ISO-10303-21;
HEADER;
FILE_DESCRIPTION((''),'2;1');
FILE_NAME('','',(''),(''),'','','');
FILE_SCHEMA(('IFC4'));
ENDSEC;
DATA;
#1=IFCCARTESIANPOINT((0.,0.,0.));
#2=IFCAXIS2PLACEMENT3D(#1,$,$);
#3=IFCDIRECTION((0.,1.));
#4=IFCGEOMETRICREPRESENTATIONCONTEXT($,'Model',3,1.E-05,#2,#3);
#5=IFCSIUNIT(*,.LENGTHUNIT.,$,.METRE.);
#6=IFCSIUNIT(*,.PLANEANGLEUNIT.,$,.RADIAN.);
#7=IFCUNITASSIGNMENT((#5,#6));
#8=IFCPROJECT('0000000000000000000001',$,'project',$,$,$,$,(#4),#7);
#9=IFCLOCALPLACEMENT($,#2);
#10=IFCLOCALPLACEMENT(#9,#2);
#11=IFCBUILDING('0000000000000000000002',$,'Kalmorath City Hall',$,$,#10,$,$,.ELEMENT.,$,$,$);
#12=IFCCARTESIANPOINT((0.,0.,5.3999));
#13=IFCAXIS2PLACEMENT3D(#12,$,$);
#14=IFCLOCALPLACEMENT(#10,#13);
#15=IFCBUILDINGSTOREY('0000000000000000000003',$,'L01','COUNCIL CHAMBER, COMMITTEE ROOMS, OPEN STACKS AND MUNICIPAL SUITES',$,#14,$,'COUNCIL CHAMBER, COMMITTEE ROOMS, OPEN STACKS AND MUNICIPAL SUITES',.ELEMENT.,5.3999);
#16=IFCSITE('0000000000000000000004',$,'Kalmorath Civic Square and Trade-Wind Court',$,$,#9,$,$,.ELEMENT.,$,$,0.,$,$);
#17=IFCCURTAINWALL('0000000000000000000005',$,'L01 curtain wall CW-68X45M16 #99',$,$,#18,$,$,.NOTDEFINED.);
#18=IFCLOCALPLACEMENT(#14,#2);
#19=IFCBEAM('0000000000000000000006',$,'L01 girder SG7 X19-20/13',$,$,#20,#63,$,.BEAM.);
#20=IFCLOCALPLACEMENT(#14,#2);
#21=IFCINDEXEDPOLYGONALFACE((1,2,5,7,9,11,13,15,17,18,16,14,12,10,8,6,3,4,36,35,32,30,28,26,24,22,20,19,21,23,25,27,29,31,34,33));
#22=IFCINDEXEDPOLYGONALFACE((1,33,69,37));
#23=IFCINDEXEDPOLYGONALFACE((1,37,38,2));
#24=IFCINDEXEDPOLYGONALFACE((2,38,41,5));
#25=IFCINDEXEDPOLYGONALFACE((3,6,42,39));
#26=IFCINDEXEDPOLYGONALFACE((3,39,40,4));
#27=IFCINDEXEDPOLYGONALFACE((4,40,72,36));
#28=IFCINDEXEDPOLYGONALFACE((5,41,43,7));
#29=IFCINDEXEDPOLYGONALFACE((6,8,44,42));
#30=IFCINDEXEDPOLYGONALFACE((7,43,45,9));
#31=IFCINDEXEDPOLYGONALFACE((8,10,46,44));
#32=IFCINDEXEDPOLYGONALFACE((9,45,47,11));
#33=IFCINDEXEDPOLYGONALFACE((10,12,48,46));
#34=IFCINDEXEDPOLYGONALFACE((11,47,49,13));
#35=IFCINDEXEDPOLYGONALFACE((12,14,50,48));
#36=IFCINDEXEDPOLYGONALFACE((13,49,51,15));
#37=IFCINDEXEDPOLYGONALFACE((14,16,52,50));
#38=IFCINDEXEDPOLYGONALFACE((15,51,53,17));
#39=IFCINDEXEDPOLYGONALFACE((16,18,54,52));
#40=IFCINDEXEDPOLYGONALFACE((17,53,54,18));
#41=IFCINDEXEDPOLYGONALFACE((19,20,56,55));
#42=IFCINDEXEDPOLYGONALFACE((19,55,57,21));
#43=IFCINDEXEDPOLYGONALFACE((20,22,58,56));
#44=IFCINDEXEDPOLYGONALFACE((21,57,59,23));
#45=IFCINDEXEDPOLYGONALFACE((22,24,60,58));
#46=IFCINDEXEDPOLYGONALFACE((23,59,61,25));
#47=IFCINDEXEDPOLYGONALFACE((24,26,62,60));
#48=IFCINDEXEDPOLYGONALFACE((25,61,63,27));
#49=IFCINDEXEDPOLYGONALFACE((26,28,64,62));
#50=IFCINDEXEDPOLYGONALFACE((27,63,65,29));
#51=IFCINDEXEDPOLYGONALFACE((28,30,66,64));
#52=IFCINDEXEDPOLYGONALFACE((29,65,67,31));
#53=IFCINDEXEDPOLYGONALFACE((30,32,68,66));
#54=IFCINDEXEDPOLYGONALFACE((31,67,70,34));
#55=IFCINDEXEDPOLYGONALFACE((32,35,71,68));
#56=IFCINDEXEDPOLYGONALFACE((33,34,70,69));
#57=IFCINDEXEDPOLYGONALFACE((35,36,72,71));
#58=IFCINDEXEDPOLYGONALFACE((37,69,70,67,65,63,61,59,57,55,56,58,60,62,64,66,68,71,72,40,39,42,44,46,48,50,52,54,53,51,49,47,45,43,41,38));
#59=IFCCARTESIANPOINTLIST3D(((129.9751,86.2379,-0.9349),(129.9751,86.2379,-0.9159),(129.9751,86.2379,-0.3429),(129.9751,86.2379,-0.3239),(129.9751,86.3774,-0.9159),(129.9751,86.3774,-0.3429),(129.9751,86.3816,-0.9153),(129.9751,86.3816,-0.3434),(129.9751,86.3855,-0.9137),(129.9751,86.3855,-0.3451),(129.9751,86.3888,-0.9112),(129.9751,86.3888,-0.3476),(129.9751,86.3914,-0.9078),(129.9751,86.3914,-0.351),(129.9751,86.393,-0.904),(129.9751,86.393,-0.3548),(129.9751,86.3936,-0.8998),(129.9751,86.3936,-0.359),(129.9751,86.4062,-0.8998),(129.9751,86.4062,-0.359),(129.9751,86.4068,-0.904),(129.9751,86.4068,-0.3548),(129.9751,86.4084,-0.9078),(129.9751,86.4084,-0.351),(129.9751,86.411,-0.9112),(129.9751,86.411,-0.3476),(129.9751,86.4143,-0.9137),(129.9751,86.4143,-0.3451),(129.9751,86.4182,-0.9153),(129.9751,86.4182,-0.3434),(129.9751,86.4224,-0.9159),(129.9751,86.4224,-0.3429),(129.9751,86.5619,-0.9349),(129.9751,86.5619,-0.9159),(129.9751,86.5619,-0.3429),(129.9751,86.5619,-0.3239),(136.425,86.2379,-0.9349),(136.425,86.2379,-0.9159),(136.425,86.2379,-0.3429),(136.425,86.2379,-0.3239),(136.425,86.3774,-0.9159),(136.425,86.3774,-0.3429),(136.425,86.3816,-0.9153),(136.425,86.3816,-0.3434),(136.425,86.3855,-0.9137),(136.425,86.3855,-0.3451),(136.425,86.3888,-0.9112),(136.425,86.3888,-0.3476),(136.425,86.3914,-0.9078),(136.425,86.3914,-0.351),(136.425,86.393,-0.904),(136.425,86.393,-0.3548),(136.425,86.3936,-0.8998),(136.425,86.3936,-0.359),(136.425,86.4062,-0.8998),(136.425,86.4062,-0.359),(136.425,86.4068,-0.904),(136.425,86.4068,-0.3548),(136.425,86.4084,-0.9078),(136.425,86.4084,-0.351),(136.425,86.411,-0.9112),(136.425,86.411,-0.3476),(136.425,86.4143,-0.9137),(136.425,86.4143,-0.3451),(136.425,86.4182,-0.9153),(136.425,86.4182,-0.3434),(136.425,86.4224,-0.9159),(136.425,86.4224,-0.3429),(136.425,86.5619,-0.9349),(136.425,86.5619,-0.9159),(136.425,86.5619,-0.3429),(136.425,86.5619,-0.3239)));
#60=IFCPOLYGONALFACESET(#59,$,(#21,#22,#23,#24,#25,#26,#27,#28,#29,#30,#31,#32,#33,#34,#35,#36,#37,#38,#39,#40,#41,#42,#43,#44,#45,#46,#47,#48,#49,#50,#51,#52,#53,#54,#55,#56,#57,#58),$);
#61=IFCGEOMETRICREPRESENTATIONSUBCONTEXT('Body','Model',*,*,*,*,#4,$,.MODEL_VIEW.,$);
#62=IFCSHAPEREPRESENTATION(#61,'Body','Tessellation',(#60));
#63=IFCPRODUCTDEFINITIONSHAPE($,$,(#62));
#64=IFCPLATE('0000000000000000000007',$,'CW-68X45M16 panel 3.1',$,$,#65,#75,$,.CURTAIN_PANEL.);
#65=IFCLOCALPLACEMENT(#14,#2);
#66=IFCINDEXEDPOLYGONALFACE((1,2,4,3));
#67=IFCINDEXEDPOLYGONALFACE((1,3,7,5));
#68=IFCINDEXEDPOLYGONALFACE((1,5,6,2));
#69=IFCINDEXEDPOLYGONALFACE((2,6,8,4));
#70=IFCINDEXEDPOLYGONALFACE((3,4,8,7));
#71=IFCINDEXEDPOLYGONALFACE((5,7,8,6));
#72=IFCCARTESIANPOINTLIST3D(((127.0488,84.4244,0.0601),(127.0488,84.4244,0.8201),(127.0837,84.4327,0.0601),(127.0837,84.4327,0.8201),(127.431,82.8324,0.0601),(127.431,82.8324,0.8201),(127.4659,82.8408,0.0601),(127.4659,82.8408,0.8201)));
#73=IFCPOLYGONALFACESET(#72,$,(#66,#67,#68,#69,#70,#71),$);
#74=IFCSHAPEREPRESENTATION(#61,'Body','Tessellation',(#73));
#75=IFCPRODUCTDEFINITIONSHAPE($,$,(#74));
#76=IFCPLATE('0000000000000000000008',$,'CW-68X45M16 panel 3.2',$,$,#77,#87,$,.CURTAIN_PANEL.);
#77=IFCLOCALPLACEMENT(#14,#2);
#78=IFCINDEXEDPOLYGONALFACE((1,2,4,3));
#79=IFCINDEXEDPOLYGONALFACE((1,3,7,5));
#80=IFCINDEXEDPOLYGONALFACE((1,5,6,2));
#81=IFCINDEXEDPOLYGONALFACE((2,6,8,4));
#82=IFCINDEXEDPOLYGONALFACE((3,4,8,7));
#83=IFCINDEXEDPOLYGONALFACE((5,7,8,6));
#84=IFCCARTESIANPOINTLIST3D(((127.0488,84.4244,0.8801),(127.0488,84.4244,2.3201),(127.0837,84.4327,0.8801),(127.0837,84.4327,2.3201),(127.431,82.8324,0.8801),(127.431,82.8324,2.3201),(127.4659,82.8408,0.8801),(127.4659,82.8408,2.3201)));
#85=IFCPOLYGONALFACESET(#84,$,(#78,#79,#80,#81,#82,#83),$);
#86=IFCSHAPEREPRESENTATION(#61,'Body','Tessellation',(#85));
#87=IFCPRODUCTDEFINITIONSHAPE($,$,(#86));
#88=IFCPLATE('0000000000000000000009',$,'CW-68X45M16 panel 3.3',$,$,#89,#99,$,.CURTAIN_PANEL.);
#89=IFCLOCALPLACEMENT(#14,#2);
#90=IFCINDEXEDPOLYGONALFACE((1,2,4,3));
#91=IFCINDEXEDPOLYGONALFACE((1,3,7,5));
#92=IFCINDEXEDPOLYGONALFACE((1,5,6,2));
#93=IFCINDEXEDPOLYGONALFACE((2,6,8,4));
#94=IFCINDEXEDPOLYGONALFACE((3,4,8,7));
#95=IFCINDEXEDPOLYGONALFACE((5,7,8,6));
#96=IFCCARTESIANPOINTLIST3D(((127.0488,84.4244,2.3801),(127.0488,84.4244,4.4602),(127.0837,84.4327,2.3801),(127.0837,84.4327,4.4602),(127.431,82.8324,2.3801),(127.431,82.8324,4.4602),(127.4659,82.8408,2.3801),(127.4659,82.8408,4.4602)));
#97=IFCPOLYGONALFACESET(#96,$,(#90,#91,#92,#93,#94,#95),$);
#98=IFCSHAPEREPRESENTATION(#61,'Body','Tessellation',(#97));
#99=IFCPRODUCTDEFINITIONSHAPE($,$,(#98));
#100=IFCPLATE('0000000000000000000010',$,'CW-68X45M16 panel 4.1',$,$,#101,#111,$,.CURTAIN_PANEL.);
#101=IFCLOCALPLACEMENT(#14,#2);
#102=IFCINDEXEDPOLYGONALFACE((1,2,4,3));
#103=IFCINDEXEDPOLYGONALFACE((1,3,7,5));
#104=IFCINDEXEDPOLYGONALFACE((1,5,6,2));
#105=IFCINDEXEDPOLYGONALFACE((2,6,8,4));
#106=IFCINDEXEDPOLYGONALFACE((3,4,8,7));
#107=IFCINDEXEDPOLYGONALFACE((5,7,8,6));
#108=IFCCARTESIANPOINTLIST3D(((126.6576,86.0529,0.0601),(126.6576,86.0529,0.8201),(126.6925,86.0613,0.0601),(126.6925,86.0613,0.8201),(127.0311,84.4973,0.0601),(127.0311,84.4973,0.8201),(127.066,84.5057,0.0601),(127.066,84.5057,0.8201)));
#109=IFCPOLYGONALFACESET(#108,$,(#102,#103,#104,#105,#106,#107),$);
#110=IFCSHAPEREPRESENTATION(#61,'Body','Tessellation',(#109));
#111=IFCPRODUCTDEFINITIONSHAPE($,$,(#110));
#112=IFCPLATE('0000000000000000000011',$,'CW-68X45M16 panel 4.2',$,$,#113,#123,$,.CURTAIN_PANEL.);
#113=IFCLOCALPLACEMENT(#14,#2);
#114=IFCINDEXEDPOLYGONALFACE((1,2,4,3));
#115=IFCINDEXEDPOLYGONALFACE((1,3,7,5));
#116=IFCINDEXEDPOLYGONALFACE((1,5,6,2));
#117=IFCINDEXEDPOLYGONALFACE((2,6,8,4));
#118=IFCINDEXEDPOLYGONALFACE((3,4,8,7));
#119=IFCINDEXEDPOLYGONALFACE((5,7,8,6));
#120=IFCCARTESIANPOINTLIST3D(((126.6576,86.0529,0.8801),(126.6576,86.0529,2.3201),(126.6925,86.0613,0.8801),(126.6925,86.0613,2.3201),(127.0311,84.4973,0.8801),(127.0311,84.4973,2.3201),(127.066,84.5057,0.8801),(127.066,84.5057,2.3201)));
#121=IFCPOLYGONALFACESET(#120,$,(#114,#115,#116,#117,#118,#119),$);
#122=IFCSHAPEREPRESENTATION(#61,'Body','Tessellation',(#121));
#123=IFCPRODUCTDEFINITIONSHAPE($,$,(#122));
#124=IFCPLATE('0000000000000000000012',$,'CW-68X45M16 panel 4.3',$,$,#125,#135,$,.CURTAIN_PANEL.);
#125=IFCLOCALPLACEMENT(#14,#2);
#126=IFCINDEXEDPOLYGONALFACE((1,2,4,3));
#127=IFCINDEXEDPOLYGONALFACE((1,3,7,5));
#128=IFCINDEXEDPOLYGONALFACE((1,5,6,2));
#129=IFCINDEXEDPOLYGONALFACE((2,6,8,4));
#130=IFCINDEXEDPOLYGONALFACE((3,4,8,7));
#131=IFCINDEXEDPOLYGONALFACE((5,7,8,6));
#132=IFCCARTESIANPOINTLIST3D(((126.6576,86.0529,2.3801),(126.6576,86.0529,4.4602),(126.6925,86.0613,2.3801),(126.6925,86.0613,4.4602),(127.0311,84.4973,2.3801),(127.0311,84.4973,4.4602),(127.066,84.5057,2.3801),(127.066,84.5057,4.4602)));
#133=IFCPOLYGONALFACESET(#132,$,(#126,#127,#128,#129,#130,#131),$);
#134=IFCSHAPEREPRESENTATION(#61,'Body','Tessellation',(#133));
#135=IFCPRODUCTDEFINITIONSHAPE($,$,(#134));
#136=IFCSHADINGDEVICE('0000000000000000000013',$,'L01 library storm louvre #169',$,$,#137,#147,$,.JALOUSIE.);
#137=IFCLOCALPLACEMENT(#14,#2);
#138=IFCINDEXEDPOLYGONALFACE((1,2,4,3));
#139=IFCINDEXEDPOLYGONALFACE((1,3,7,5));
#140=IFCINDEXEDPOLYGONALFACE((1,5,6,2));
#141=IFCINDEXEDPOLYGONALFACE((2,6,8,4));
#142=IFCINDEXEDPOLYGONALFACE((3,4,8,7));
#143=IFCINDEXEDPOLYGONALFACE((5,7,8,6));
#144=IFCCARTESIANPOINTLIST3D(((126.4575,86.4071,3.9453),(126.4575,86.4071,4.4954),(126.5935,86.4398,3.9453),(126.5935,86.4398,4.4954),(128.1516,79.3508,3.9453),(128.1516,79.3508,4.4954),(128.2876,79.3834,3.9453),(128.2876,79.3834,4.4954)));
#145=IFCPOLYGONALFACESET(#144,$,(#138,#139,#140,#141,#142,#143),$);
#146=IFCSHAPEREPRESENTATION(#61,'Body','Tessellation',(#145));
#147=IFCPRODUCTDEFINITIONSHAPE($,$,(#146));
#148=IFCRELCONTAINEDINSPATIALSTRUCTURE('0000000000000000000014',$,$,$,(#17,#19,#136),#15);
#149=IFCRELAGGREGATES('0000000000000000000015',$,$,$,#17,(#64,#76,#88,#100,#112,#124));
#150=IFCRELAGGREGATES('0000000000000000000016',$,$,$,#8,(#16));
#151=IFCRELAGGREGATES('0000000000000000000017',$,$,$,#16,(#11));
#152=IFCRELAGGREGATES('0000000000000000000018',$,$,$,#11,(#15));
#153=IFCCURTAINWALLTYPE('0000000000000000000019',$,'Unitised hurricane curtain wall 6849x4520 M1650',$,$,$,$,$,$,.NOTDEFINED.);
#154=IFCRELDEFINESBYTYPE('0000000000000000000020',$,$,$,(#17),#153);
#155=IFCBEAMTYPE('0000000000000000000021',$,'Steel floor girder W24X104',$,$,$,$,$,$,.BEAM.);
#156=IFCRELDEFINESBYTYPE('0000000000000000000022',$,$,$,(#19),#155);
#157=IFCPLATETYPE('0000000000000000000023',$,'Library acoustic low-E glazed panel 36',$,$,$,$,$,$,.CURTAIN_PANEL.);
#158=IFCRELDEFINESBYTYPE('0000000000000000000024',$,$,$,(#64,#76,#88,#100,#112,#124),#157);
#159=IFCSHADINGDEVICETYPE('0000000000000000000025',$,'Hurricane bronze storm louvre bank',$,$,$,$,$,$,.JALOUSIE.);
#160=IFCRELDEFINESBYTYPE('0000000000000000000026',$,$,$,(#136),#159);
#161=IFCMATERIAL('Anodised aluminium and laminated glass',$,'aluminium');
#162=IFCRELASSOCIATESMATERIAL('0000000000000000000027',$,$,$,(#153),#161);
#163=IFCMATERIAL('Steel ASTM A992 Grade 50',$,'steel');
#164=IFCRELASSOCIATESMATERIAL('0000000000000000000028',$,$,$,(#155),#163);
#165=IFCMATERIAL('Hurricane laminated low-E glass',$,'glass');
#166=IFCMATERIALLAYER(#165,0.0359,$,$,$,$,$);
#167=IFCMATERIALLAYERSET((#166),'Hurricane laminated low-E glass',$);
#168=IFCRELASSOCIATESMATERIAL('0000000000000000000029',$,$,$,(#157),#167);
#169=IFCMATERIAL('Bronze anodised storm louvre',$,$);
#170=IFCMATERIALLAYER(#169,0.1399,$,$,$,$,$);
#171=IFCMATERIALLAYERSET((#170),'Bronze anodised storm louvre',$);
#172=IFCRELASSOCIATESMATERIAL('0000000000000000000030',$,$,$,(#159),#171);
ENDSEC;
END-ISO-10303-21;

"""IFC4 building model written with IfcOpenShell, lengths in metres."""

from ifc_helpers import new_model, si_unit, direction, frame, origin, origin_2d, place, context, subcontext, project, spatial, rectangle, i_section, extrude, material, layer, layer_set, material_profile, profile_set, type_object, element, aggregate, save


model = new_model("IFC4")

# Units and contexts
model_context = context("Model", 3, precision=1e-05, world=origin(), true_north=direction((0.0, 1.0)))
body_context = subcontext(model_context, "Body", "Model", "MODEL_VIEW")
ifc_project = project(units=[si_unit("LENGTHUNIT", "METRE"), si_unit("PLANEANGLEUNIT", "RADIAN")], contexts=[model_context])

# Site, building, storey
site_placement = place(None, origin())
site = spatial("IfcSite", under=ifc_project, at=site_placement, Name="Kalmorath Civic Square and Trade-Wind Court", CompositionType="ELEMENT", RefElevation=0.0)
building_placement = place(site_placement, origin())
building = spatial("IfcBuilding", under=site, at=building_placement, Name="Kalmorath City Hall", CompositionType="ELEMENT")
storey_placement = place(building_placement, frame((0.0, 0.0, 5.3999)))
storey = spatial("IfcBuildingStorey", under=building, at=storey_placement, Name="L01", Description="COUNCIL CHAMBER, COMMITTEE ROOMS, OPEN STACKS AND MUNICIPAL SUITES", LongName="COUNCIL CHAMBER, COMMITTEE ROOMS, OPEN STACKS AND MUNICIPAL SUITES", CompositionType="ELEMENT", Elevation=5.3999)

# Curtain wall
ifc_material_1 = material(Name="Anodised aluminium and laminated glass", Category="aluminium")
curtain_wall_type_1 = type_object("IfcCurtainWallType", Name="Unitised hurricane curtain wall 6849x4520 M1650", PredefinedType="NOTDEFINED", material=ifc_material_1)
curtain_wall_1_placement = place(storey_placement, origin())
curtain_wall_1 = element("IfcCurtainWall", 1, at=curtain_wall_1_placement, inside=storey, type_object=curtain_wall_type_1, Name="L01 curtain wall CW-68X45M16 #99", PredefinedType="NOTDEFINED")

# Beam
ifc_material_2 = material(Name="Steel ASTM A992 Grade 50", Category="steel")
ifc_material_profile_1 = material_profile(ifc_material_2, i_section(OverallWidth=0.324, OverallDepth=0.6111, WebThickness=0.0127, FlangeThickness=0.019, FilletRadius=0.0161, at=origin_2d()), Name="W24X104")
ifc_profile_set_1 = profile_set([ifc_material_profile_1], Name="Steel ASTM A992 Grade 50")
beam_type_1 = type_object("IfcBeamType", Name="Steel floor girder W24X104", PredefinedType="BEAM", material=ifc_profile_set_1)
beam_1_placement = place(storey_placement, frame((129.9751, 86.3999, -0.6294), z_axis=(1.0, 0.0, 0.0), x_axis=(0.0, 1.0, 0.0)))
element("IfcBeam", 2, at=beam_1_placement, inside=storey, type_object=beam_type_1, Name="L01 girder SG7 X19-20/13", PredefinedType="BEAM", context=body_context, shape_type="SweptSolid", body=[
    extrude(i_section(OverallWidth=0.324, OverallDepth=0.6111, WebThickness=0.0127, FlangeThickness=0.019, FilletRadius=0.0161, at=origin_2d()), origin(), (0.0, 0.0, 1.0), 6.45),
])

# Plates
ifc_material_3 = material(Name="Hurricane laminated low-E glass", Category="glass")
ifc_layer_1 = layer(ifc_material_3, 0.0359)
ifc_layer_set_1 = layer_set([ifc_layer_1], Name="Hurricane laminated low-E glass")
plate_type = type_object("IfcPlateType", Name="Library acoustic low-E glazed panel 36", PredefinedType="CURTAIN_PANEL", material=ifc_layer_set_1)
plate_1_placement = place(storey_placement, frame((127.2573, 83.6326, 0.0601), z_axis=(0.0, 0.0, 1.0), x_axis=(-0.233456, 0.972367, 0.0)))
plate_1 = element("IfcPlate", 3, at=plate_1_placement, type_object=plate_type, Name="CW-68X45M16 panel 3.1", PredefinedType="CURTAIN_PANEL", context=body_context, shape_type="SweptSolid", body=[
    extrude(rectangle(XDim=1.6372, YDim=0.0359, at=origin_2d()), origin(), (0.0, 0.0, 1.0), 0.76),
])
plate_2_placement = place(storey_placement, frame((127.2573, 83.6326, 0.8801), z_axis=(0.0, 0.0, 1.0), x_axis=(-0.233456, 0.972367, 0.0)))
plate_2 = element("IfcPlate", 4, at=plate_2_placement, type_object=plate_type, Name="CW-68X45M16 panel 3.2", PredefinedType="CURTAIN_PANEL", context=body_context, shape_type="SweptSolid", body=[
    extrude(rectangle(XDim=1.6372, YDim=0.0359, at=origin_2d()), origin(), (0.0, 0.0, 1.0), 1.4399),
])
plate_3_placement = place(storey_placement, frame((127.2573, 83.6326, 2.3801), z_axis=(0.0, 0.0, 1.0), x_axis=(-0.233456, 0.972367, 0.0)))
plate_3 = element("IfcPlate", 5, at=plate_3_placement, type_object=plate_type, Name="CW-68X45M16 panel 3.3", PredefinedType="CURTAIN_PANEL", context=body_context, shape_type="SweptSolid", body=[
    extrude(rectangle(XDim=1.6372, YDim=0.0359, at=origin_2d()), origin(), (0.0, 0.0, 1.0), 2.0801),
])
plate_4_placement = place(storey_placement, frame((126.8618, 85.2793, 0.0601), z_axis=(0.0, 0.0, 1.0), x_axis=(-0.233456, 0.972367, 0.0)))
plate_4 = element("IfcPlate", 6, at=plate_4_placement, type_object=plate_type, Name="CW-68X45M16 panel 4.1", PredefinedType="CURTAIN_PANEL", context=body_context, shape_type="SweptSolid", body=[
    extrude(rectangle(XDim=1.5999, YDim=0.0359, at=origin_2d()), origin(), (0.0, 0.0, 1.0), 0.76),
])
plate_5_placement = place(storey_placement, frame((126.8618, 85.2793, 0.8801), z_axis=(0.0, 0.0, 1.0), x_axis=(-0.233456, 0.972367, 0.0)))
plate_5 = element("IfcPlate", 7, at=plate_5_placement, type_object=plate_type, Name="CW-68X45M16 panel 4.2", PredefinedType="CURTAIN_PANEL", context=body_context, shape_type="SweptSolid", body=[
    extrude(rectangle(XDim=1.5999, YDim=0.0359, at=origin_2d()), origin(), (0.0, 0.0, 1.0), 1.4399),
])
plate_6_placement = place(storey_placement, frame((126.8618, 85.2793, 2.3801), z_axis=(0.0, 0.0, 1.0), x_axis=(-0.233456, 0.972367, 0.0)))
plate_6 = element("IfcPlate", 8, at=plate_6_placement, type_object=plate_type, Name="CW-68X45M16 panel 4.3", PredefinedType="CURTAIN_PANEL", context=body_context, shape_type="SweptSolid", body=[
    extrude(rectangle(XDim=1.5999, YDim=0.0359, at=origin_2d()), origin(), (0.0, 0.0, 1.0), 2.0801),
])
aggregate(curtain_wall_1, [plate_1, plate_2, plate_3, plate_4, plate_5, plate_6])

# Shading device
ifc_material_4 = material(Name="Bronze anodised storm louvre")
ifc_layer_2 = layer(ifc_material_4, 0.1399)
ifc_layer_set_2 = layer_set([ifc_layer_2], Name="Bronze anodised storm louvre")
shading_device_type = type_object("IfcShadingDeviceType", Name="Hurricane bronze storm louvre bank", PredefinedType="JALOUSIE", material=ifc_layer_set_2)
shading_device_placement = place(storey_placement, frame((127.3726, 82.8953, 3.9453), z_axis=(0.0, 0.0, 1.0), x_axis=(-0.233445, 0.97237, 0.0)))
element("IfcShadingDevice", 9, at=shading_device_placement, inside=storey, type_object=shading_device_type, Name="L01 library storm louvre #169", PredefinedType="JALOUSIE", context=body_context, shape_type="SweptSolid", body=[
    extrude(rectangle(XDim=7.2568, YDim=0.1399, at=origin_2d()), origin(), (0.0, 0.0, 1.0), 0.55),
])

save(model, "model.ifc")
